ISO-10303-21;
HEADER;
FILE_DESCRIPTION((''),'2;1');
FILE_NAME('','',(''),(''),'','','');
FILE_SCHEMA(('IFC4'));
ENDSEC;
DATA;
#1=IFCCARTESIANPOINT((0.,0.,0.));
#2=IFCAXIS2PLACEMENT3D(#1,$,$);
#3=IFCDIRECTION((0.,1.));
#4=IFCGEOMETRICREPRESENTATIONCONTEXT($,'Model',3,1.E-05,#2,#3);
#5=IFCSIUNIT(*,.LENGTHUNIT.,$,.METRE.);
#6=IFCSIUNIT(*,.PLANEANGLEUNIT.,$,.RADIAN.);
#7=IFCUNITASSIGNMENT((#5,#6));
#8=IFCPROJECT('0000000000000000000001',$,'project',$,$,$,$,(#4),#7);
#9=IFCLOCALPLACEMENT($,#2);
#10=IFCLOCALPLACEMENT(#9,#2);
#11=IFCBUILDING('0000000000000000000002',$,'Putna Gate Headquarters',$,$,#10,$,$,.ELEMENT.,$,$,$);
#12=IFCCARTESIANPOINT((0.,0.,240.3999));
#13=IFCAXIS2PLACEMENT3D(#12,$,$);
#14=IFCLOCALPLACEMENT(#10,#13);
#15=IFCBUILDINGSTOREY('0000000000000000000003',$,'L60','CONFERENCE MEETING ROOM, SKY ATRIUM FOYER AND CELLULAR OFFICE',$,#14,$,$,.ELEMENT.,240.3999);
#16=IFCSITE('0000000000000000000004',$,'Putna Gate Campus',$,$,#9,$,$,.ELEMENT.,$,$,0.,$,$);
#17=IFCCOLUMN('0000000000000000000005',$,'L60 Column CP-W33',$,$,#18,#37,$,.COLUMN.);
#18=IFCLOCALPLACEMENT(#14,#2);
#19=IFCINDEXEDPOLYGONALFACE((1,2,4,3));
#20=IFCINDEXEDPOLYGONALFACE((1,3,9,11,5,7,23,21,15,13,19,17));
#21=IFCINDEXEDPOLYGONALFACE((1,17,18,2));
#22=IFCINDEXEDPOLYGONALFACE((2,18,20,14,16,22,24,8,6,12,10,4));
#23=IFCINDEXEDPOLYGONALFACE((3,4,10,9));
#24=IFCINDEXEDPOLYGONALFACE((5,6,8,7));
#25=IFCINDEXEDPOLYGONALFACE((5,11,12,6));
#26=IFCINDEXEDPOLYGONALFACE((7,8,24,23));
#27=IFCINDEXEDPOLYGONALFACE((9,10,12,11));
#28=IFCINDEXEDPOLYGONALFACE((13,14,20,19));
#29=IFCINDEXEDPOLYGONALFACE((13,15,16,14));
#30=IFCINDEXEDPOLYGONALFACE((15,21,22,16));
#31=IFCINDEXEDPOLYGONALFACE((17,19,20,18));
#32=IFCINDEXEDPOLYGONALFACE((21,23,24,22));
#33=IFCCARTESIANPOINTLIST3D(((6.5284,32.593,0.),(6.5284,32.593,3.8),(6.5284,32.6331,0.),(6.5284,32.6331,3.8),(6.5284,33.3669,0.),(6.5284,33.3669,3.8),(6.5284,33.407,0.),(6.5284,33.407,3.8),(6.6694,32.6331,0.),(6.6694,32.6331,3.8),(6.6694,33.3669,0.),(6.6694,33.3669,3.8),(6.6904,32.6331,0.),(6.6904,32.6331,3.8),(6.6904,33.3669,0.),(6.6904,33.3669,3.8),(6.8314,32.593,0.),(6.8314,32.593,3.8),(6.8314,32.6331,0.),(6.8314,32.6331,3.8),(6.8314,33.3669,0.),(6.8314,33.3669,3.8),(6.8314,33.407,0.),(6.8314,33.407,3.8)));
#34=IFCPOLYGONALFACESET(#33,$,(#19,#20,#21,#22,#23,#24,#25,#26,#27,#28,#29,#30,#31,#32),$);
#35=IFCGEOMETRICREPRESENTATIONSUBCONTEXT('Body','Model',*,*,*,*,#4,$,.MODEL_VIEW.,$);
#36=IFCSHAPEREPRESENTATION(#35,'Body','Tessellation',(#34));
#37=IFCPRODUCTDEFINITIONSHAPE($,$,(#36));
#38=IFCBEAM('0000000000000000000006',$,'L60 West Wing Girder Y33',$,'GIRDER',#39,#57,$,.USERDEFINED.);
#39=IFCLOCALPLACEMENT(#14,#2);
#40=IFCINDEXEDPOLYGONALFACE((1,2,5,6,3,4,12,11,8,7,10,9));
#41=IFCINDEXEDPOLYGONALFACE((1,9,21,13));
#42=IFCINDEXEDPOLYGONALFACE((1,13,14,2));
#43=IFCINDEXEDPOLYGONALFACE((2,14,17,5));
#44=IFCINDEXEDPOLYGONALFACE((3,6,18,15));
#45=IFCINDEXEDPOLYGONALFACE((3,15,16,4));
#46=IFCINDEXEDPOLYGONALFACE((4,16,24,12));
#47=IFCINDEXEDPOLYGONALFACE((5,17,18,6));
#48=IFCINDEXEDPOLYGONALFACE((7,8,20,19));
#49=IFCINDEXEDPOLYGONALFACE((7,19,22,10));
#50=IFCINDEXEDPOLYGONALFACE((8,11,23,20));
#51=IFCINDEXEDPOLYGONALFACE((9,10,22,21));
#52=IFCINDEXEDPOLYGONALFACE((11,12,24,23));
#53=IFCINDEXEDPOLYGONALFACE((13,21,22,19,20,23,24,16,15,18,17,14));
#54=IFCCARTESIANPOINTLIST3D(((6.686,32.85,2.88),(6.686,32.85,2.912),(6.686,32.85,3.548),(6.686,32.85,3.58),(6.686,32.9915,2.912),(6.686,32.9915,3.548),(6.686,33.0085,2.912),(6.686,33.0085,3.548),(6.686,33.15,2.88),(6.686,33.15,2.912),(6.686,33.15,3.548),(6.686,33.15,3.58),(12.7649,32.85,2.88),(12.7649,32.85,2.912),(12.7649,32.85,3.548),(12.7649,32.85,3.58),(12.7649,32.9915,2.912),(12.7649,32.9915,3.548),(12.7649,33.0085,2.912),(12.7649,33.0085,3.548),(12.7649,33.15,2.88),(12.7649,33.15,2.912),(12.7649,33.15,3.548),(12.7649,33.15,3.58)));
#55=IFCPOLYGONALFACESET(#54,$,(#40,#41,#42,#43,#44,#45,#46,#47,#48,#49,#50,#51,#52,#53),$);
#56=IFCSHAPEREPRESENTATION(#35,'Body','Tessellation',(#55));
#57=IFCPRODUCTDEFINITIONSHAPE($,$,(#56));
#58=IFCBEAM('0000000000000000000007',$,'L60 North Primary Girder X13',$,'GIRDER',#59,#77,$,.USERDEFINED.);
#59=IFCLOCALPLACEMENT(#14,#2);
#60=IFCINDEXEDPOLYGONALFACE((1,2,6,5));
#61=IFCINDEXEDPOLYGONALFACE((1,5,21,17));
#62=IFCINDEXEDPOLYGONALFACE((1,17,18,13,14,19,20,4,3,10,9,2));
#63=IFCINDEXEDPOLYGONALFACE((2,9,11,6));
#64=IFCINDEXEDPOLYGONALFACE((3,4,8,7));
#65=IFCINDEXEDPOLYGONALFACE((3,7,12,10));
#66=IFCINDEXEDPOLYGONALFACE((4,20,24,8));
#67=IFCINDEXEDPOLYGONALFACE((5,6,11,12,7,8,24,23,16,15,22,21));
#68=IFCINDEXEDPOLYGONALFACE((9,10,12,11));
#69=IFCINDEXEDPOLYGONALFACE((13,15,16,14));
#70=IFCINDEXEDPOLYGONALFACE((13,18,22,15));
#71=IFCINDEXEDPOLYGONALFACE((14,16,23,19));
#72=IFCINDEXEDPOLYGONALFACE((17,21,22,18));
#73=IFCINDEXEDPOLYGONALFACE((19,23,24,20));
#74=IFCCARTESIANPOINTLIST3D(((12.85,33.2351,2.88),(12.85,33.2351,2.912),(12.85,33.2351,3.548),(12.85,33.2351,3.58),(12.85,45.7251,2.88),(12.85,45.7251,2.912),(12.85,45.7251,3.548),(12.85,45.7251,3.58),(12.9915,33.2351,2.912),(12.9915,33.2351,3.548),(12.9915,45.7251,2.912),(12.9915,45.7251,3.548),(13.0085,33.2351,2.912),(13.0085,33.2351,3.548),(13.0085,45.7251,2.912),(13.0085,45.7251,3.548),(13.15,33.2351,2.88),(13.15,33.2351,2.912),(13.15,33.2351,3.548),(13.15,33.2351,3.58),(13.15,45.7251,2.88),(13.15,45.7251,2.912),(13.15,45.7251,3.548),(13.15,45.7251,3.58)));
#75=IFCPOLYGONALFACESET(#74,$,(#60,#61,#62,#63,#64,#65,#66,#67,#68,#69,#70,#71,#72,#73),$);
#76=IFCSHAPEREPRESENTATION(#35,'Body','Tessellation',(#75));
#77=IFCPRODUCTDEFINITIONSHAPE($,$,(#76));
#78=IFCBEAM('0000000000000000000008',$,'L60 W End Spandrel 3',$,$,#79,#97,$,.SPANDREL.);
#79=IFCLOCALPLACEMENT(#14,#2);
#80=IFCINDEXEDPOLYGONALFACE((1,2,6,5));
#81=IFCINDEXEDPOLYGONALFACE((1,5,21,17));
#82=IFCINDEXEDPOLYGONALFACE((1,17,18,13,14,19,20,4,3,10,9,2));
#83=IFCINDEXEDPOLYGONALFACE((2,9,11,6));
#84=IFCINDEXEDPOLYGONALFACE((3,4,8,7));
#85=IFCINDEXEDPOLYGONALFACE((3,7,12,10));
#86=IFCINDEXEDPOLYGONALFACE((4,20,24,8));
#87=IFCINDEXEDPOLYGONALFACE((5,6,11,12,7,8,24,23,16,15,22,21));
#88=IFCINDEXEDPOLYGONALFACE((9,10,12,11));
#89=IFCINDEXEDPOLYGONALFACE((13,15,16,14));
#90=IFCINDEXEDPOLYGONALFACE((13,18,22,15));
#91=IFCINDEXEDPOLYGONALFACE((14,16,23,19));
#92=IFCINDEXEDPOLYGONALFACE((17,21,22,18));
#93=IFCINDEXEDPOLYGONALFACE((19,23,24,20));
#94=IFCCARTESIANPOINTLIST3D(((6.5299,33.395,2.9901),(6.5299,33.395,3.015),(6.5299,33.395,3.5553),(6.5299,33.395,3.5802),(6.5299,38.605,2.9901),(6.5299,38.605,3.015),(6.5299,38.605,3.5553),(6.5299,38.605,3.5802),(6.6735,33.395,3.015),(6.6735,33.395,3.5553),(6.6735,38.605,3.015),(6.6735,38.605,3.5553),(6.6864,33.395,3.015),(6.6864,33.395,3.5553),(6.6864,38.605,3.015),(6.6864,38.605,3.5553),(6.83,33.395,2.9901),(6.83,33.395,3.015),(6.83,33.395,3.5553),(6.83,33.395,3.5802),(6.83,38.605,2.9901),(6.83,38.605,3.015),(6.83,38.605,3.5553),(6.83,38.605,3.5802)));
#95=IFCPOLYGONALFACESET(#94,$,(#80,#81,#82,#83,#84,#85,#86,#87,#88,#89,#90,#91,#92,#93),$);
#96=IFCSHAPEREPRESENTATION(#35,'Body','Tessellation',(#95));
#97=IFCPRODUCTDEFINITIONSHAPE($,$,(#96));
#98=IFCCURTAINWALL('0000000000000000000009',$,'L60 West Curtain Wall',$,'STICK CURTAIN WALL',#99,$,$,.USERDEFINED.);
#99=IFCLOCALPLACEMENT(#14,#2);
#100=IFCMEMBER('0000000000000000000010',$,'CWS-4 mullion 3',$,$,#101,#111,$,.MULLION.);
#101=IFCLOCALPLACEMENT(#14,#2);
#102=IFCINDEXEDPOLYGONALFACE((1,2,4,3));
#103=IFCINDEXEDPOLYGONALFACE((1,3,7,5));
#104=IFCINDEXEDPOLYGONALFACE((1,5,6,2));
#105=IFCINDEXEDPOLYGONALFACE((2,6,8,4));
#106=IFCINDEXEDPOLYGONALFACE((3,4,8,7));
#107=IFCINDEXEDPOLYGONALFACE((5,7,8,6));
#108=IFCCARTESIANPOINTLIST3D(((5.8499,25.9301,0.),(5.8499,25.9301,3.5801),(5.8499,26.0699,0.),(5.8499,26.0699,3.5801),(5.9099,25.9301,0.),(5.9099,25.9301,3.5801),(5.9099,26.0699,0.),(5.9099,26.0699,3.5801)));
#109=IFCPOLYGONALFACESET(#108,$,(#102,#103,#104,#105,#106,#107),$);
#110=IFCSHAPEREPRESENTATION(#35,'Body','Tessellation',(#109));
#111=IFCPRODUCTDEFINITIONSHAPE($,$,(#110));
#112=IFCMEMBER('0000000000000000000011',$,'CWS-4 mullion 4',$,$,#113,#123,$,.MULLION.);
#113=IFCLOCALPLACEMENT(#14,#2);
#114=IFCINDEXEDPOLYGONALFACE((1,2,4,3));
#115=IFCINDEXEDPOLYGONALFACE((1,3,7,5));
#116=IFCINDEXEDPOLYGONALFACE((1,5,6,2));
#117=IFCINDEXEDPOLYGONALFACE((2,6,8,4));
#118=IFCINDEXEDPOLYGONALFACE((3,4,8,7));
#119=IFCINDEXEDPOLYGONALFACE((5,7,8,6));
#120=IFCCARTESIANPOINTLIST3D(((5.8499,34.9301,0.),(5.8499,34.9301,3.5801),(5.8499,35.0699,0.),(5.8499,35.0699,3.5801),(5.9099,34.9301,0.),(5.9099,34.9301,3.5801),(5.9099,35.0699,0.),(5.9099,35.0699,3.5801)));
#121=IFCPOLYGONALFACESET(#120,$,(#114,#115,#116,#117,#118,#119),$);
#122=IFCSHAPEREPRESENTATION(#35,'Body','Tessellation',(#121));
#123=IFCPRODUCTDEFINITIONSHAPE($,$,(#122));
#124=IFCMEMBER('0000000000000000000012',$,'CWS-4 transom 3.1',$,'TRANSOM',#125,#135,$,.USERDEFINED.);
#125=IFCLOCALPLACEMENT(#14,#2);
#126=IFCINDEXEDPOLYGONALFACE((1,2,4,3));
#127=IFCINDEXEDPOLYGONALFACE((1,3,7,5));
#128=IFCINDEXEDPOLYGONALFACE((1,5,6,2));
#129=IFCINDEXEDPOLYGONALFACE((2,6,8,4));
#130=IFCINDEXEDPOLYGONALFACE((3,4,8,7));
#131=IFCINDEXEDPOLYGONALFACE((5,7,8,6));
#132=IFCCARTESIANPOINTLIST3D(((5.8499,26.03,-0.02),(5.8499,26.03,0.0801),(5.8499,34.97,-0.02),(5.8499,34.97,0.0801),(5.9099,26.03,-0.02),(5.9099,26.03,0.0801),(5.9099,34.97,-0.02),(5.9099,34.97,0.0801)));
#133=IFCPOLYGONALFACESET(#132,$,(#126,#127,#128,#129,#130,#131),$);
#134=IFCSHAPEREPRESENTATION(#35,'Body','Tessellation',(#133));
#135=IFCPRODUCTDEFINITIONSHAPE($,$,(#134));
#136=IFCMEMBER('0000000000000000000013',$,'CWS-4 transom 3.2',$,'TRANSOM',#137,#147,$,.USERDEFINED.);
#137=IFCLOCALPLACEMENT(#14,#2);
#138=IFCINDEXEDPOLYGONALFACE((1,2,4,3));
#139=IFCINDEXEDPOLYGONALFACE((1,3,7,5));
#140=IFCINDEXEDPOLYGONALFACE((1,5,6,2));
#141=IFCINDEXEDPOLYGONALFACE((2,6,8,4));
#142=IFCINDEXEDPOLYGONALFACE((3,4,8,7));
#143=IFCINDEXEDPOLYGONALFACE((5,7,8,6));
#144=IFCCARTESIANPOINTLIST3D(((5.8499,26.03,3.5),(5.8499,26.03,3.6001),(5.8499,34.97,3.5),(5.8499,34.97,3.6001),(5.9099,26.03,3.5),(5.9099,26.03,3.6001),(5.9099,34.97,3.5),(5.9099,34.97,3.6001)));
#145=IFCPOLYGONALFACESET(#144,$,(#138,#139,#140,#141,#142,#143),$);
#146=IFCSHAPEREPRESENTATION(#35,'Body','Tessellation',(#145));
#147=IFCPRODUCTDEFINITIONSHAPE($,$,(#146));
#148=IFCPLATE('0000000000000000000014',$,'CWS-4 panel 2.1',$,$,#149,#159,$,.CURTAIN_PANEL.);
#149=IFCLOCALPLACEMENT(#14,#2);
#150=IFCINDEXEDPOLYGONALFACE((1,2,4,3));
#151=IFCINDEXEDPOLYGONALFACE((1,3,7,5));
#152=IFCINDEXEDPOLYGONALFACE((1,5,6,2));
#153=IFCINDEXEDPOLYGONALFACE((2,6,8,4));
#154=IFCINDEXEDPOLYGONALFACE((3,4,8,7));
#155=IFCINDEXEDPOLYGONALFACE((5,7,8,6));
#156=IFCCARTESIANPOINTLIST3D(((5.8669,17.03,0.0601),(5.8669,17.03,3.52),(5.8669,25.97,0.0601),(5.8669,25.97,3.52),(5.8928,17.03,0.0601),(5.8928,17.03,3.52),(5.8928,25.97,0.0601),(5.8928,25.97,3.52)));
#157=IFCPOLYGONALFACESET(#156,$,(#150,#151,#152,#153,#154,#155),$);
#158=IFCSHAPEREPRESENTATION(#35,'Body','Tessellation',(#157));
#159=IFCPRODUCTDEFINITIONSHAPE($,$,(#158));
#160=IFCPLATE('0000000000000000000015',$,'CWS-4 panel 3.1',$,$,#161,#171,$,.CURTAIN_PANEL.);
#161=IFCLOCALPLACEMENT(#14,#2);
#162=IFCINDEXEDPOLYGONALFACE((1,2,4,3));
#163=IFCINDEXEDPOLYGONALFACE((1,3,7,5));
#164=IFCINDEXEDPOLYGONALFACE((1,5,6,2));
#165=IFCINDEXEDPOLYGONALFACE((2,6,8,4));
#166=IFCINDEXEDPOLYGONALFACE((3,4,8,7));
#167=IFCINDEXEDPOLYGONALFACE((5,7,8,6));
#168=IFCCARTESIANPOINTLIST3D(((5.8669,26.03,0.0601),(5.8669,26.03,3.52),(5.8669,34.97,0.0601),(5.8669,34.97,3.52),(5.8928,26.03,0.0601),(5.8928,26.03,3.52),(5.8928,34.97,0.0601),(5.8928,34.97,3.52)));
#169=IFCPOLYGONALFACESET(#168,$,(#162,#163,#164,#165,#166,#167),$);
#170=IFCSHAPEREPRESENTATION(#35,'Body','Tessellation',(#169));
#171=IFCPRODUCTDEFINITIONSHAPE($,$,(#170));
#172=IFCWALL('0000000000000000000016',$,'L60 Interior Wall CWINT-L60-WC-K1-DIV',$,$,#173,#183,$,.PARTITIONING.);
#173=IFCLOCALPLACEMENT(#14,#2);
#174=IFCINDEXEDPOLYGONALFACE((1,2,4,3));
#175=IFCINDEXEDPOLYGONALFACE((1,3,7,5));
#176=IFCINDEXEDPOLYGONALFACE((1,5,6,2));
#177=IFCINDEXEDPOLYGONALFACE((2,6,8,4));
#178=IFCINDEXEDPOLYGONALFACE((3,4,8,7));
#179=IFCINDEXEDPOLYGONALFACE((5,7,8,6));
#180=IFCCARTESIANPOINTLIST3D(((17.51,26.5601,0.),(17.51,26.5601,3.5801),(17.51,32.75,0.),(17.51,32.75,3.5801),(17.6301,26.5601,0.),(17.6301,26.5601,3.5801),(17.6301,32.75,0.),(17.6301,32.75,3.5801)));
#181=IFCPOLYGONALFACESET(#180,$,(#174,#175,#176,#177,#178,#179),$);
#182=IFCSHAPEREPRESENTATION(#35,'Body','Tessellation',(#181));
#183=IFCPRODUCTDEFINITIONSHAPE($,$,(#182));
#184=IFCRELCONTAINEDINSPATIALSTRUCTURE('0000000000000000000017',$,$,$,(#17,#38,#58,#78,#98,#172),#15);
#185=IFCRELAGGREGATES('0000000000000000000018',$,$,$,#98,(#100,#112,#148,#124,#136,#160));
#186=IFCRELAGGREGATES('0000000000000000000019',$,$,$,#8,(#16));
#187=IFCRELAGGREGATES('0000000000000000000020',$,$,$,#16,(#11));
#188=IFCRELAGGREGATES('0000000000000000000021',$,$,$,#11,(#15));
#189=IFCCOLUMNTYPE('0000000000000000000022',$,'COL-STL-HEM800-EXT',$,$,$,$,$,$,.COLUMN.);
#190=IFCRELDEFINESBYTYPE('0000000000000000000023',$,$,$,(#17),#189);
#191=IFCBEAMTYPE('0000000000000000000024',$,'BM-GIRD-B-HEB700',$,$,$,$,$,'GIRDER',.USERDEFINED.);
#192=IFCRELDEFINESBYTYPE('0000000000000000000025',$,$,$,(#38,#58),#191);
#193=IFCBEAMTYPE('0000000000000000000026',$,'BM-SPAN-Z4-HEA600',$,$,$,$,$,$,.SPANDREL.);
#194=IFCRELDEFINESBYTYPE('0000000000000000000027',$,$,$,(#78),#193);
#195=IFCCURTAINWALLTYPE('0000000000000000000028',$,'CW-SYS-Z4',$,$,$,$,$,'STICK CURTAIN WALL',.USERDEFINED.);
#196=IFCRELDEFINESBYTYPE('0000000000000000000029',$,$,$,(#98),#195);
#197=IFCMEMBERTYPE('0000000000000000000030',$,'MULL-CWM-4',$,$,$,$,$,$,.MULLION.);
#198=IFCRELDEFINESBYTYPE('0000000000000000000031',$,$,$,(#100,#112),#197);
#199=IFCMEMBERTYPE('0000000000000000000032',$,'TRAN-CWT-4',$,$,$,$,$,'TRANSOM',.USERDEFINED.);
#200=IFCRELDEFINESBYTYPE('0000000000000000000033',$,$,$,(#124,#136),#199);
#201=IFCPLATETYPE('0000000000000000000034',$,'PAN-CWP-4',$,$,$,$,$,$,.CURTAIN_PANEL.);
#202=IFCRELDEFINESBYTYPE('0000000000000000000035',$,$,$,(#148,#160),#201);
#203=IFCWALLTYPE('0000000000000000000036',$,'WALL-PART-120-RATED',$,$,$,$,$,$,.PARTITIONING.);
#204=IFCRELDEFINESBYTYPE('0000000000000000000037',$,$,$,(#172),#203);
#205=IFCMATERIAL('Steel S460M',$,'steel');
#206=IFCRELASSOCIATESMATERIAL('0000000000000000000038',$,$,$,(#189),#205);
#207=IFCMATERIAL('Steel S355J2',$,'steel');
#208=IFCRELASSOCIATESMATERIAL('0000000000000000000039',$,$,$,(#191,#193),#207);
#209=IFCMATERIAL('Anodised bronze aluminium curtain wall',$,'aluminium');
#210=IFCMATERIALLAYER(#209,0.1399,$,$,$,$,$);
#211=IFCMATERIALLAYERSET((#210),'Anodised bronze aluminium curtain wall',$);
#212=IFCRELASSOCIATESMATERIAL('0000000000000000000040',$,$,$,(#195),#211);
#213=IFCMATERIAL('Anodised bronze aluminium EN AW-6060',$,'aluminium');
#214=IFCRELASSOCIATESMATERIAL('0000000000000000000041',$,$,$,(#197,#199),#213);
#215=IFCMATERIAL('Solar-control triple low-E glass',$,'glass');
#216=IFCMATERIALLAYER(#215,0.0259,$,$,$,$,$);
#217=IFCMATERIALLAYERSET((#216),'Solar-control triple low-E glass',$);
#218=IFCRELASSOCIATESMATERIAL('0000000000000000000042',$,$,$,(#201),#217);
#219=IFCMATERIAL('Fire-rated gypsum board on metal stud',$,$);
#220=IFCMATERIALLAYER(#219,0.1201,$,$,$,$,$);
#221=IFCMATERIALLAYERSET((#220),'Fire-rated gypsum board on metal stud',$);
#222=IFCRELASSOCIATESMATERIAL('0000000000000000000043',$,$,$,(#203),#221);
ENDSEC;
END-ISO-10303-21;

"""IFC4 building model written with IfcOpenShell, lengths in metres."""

from ifc_helpers import new_model, si_unit, direction, frame, frame_2d, origin, origin_2d, place, context, subcontext, project, spatial, rectangle, i_section, extrude, material, layer, layer_set, material_profile, profile_set, type_object, element, aggregate, save


model = new_model("IFC4")

# Units and contexts
model_context = context("Model", 3, precision=1e-05, world=origin(), true_north=direction((0.0, 1.0)))
body_context = subcontext(model_context, "Body", "Model", "MODEL_VIEW")
ifc_project = project(units=[si_unit("LENGTHUNIT", "METRE"), si_unit("PLANEANGLEUNIT", "RADIAN")], contexts=[model_context])

# Site, building, storey
site_placement = place(None, origin())
site = spatial("IfcSite", under=ifc_project, at=site_placement, Name="Putna Gate Campus", CompositionType="ELEMENT", RefElevation=0.0)
building_placement = place(site_placement, origin())
building = spatial("IfcBuilding", under=site, at=building_placement, Name="Putna Gate Headquarters", CompositionType="ELEMENT")
storey_placement = place(building_placement, frame((0.0, 0.0, 240.3999)))
storey = spatial("IfcBuildingStorey", under=building, at=storey_placement, Name="L60", Description="CONFERENCE MEETING ROOM, SKY ATRIUM FOYER AND CELLULAR OFFICE", CompositionType="ELEMENT", Elevation=240.3999)

# Column
ifc_material_1 = material(Name="Steel S460M", Category="steel")
ifc_material_profile_1 = material_profile(ifc_material_1, i_section(OverallWidth=0.303, OverallDepth=0.814, WebThickness=0.021, FlangeThickness=0.04, at=origin_2d()), Name="Steel S460M")
ifc_profile_set_1 = profile_set([ifc_material_profile_1], Name="Steel S460M")
column_type = type_object("IfcColumnType", Name="COL-STL-HEM800-EXT", PredefinedType="COLUMN", material=ifc_profile_set_1)
column_placement = place(storey_placement, frame((6.6799, 33.0, 0.0), z_axis=(0.0, 0.0, 1.0), x_axis=(1.0, 0.0, 0.0)))
element("IfcColumn", 1, at=column_placement, inside=storey, type_object=column_type, Name="L60 Column CP-W33", PredefinedType="COLUMN", context=body_context, shape_type="SweptSolid", body=[
    extrude(i_section(OverallWidth=0.303, OverallDepth=0.814, WebThickness=0.021, FlangeThickness=0.04, at=origin_2d()), origin(), (0.0, 0.0, 1.0), 3.8),
])

# Beams
ifc_material_2 = material(Name="Steel S355J2", Category="steel")
ifc_material_profile_2 = material_profile(ifc_material_2, i_section(OverallWidth=0.3, OverallDepth=0.7, WebThickness=0.0171, FlangeThickness=0.032, at=origin_2d()), Name="Steel S355J2")
ifc_profile_set_2 = profile_set([ifc_material_profile_2], Name="Steel S355J2")
beam_type_1 = type_object("IfcBeamType", Name="BM-GIRD-B-HEB700", ElementType="GIRDER", PredefinedType="USERDEFINED", material=ifc_profile_set_2)
beam_1_placement = place(storey_placement, frame((6.686, 33.0, 3.23), z_axis=(1.0, 0.0, 0.0), x_axis=(0.0, 1.0, 0.0)))
element("IfcBeam", 2, at=beam_1_placement, inside=storey, type_object=beam_type_1, Name="L60 West Wing Girder Y33", ObjectType="GIRDER", PredefinedType="USERDEFINED", context=body_context, shape_type="SweptSolid", body=[
    extrude(i_section(OverallWidth=0.3, OverallDepth=0.7, WebThickness=0.0171, FlangeThickness=0.032, at=origin_2d()), origin(), (0.0, 0.0, 1.0), 6.0789),
])
beam_2_placement = place(storey_placement, frame((13.0, 33.2351, 3.23), z_axis=(0.0, 1.0, 0.0), x_axis=(-1.0, 0.0, 0.0)))
element("IfcBeam", 3, at=beam_2_placement, inside=storey, type_object=beam_type_1, Name="L60 North Primary Girder X13", ObjectType="GIRDER", PredefinedType="USERDEFINED", context=body_context, shape_type="SweptSolid", body=[
    extrude(i_section(OverallWidth=0.3, OverallDepth=0.7, WebThickness=0.0171, FlangeThickness=0.032, at=origin_2d()), origin(), (0.0, 0.0, 1.0), 12.49),
])
ifc_material_profile_3 = material_profile(ifc_material_2, i_section(OverallWidth=0.3, OverallDepth=0.5901, WebThickness=0.0129, FlangeThickness=0.0249, at=origin_2d()), Name="Steel S355J2")
ifc_profile_set_3 = profile_set([ifc_material_profile_3], Name="Steel S355J2")
beam_type_2 = type_object("IfcBeamType", Name="BM-SPAN-Z4-HEA600", PredefinedType="SPANDREL", material=ifc_profile_set_3)
beam_3_placement = place(storey_placement, frame((6.6799, 33.395, 3.2852), z_axis=(0.0, 1.0, 0.0), x_axis=(-1.0, 0.0, 0.0)))
element("IfcBeam", 4, at=beam_3_placement, inside=storey, type_object=beam_type_2, Name="L60 W End Spandrel 3", PredefinedType="SPANDREL", context=body_context, shape_type="SweptSolid", body=[
    extrude(i_section(OverallWidth=0.3, OverallDepth=0.5901, WebThickness=0.0129, FlangeThickness=0.0249, at=origin_2d()), origin(), (0.0, 0.0, 1.0), 5.21),
])

# Curtain wall, members, plates
ifc_material_3 = material(Name="Anodised bronze aluminium curtain wall", Category="aluminium")
ifc_layer_1 = layer(ifc_material_3, 0.1399)
ifc_layer_set_1 = layer_set([ifc_layer_1], Name="Anodised bronze aluminium curtain wall")
curtain_wall_type = type_object("IfcCurtainWallType", Name="CW-SYS-Z4", ElementType="STICK CURTAIN WALL", PredefinedType="USERDEFINED", material=ifc_layer_set_1)
curtain_wall_placement = place(storey_placement, origin())
curtain_wall = element("IfcCurtainWall", 5, at=curtain_wall_placement, inside=storey, type_object=curtain_wall_type, Name="L60 West Curtain Wall", ObjectType="STICK CURTAIN WALL", PredefinedType="USERDEFINED")
ifc_material_4 = material(Name="Anodised bronze aluminium EN AW-6060", Category="aluminium")
ifc_material_profile_4 = material_profile(ifc_material_4, rectangle(XDim=0.0601, YDim=0.1399, at=origin_2d()), Name="Anodised bronze aluminium EN AW-6060")
ifc_profile_set_4 = profile_set([ifc_material_profile_4], Name="Anodised bronze aluminium EN AW-6060")
member_type_1 = type_object("IfcMemberType", Name="MULL-CWM-4", PredefinedType="MULLION", material=ifc_profile_set_4)
member_1_placement = place(storey_placement, frame((5.8799, 26.0, 0.0), z_axis=(0.0, 0.0, 1.0), x_axis=(-1.0, 0.0, 0.0)))
member_1 = element("IfcMember", 6, at=member_1_placement, type_object=member_type_1, Name="CWS-4 mullion 3", PredefinedType="MULLION", context=body_context, shape_type="SweptSolid", body=[
    extrude(rectangle(XDim=0.0601, YDim=0.1399, at=origin_2d()), origin(), (0.0, 0.0, 1.0), 3.5801),
])
member_2_placement = place(storey_placement, frame((5.8799, 35.0, 0.0), z_axis=(0.0, 0.0, 1.0), x_axis=(-1.0, 0.0, 0.0)))
member_2 = element("IfcMember", 7, at=member_2_placement, type_object=member_type_1, Name="CWS-4 mullion 4", PredefinedType="MULLION", context=body_context, shape_type="SweptSolid", body=[
    extrude(rectangle(XDim=0.0601, YDim=0.1399, at=origin_2d()), origin(), (0.0, 0.0, 1.0), 3.5801),
])
ifc_material_profile_5 = material_profile(ifc_material_4, rectangle(XDim=0.0601, YDim=0.1001, at=origin_2d()), Name="Anodised bronze aluminium EN AW-6060")
ifc_profile_set_5 = profile_set([ifc_material_profile_5], Name="Anodised bronze aluminium EN AW-6060")
member_type_2 = type_object("IfcMemberType", Name="TRAN-CWT-4", ElementType="TRANSOM", PredefinedType="USERDEFINED", material=ifc_profile_set_5)
member_3_placement = place(storey_placement, frame((5.8799, 26.03, 0.03), z_axis=(0.0, 1.0, 0.0), x_axis=(-1.0, 0.0, 0.0)))
member_3 = element("IfcMember", 8, at=member_3_placement, type_object=member_type_2, Name="CWS-4 transom 3.1", ObjectType="TRANSOM", PredefinedType="USERDEFINED", context=body_context, shape_type="SweptSolid", body=[
    extrude(rectangle(XDim=0.0601, YDim=0.1001, at=origin_2d()), origin(), (0.0, 0.0, 1.0), 8.9399),
])
member_4_placement = place(storey_placement, frame((5.8799, 26.03, 3.55), z_axis=(0.0, 1.0, 0.0), x_axis=(-1.0, 0.0, 0.0)))
member_4 = element("IfcMember", 9, at=member_4_placement, type_object=member_type_2, Name="CWS-4 transom 3.2", ObjectType="TRANSOM", PredefinedType="USERDEFINED", context=body_context, shape_type="SweptSolid", body=[
    extrude(rectangle(XDim=0.0601, YDim=0.1001, at=origin_2d()), origin(), (0.0, 0.0, 1.0), 8.9399),
])
ifc_material_5 = material(Name="Solar-control triple low-E glass", Category="glass")
ifc_layer_2 = layer(ifc_material_5, 0.0259)
ifc_layer_set_2 = layer_set([ifc_layer_2], Name="Solar-control triple low-E glass")
plate_type = type_object("IfcPlateType", Name="PAN-CWP-4", PredefinedType="CURTAIN_PANEL", material=ifc_layer_set_2)
plate_1_placement = place(storey_placement, frame((5.8799, 21.5, 0.0601), z_axis=(0.0, 0.0, 1.0), x_axis=(0.0, 1.0, 0.0)))
plate_1 = element("IfcPlate", 10, at=plate_1_placement, type_object=plate_type, Name="CWS-4 panel 2.1", PredefinedType="CURTAIN_PANEL", context=body_context, shape_type="SweptSolid", body=[
    extrude(rectangle(XDim=8.9399, YDim=0.0259, at=origin_2d()), origin(), (0.0, 0.0, 1.0), 3.46),
])
plate_2_placement = place(storey_placement, frame((5.8799, 30.5, 0.0601), z_axis=(0.0, 0.0, 1.0), x_axis=(0.0, 1.0, 0.0)))
plate_2 = element("IfcPlate", 11, at=plate_2_placement, type_object=plate_type, Name="CWS-4 panel 3.1", PredefinedType="CURTAIN_PANEL", context=body_context, shape_type="SweptSolid", body=[
    extrude(rectangle(XDim=8.9399, YDim=0.0259, at=origin_2d()), origin(), (0.0, 0.0, 1.0), 3.46),
])
aggregate(curtain_wall, [member_1, member_2, plate_1, member_3, member_4, plate_2])

# Wall
ifc_material_6 = material(Name="Fire-rated gypsum board on metal stud")
ifc_layer_3 = layer(ifc_material_6, 0.1201)
ifc_layer_set_3 = layer_set([ifc_layer_3], Name="Fire-rated gypsum board on metal stud")
wall_type_1 = type_object("IfcWallType", Name="WALL-PART-120-RATED", PredefinedType="PARTITIONING", material=ifc_layer_set_3)
wall_1_placement = place(storey_placement, frame((17.5701, 26.5601, 0.0), z_axis=(0.0, 0.0, 1.0), x_axis=(0.0, 1.0, 0.0)))
element("IfcWall", 12, at=wall_1_placement, inside=storey, type_object=wall_type_1, Name="L60 Interior Wall CWINT-L60-WC-K1-DIV", PredefinedType="PARTITIONING", context=body_context, shape_type="SweptSolid", body=[
    extrude(rectangle(XDim=6.1899, YDim=0.1201, at=frame_2d((3.095, 0.0))), origin(), (0.0, 0.0, 1.0), 3.5801),
])

save(model, "model.ifc")
